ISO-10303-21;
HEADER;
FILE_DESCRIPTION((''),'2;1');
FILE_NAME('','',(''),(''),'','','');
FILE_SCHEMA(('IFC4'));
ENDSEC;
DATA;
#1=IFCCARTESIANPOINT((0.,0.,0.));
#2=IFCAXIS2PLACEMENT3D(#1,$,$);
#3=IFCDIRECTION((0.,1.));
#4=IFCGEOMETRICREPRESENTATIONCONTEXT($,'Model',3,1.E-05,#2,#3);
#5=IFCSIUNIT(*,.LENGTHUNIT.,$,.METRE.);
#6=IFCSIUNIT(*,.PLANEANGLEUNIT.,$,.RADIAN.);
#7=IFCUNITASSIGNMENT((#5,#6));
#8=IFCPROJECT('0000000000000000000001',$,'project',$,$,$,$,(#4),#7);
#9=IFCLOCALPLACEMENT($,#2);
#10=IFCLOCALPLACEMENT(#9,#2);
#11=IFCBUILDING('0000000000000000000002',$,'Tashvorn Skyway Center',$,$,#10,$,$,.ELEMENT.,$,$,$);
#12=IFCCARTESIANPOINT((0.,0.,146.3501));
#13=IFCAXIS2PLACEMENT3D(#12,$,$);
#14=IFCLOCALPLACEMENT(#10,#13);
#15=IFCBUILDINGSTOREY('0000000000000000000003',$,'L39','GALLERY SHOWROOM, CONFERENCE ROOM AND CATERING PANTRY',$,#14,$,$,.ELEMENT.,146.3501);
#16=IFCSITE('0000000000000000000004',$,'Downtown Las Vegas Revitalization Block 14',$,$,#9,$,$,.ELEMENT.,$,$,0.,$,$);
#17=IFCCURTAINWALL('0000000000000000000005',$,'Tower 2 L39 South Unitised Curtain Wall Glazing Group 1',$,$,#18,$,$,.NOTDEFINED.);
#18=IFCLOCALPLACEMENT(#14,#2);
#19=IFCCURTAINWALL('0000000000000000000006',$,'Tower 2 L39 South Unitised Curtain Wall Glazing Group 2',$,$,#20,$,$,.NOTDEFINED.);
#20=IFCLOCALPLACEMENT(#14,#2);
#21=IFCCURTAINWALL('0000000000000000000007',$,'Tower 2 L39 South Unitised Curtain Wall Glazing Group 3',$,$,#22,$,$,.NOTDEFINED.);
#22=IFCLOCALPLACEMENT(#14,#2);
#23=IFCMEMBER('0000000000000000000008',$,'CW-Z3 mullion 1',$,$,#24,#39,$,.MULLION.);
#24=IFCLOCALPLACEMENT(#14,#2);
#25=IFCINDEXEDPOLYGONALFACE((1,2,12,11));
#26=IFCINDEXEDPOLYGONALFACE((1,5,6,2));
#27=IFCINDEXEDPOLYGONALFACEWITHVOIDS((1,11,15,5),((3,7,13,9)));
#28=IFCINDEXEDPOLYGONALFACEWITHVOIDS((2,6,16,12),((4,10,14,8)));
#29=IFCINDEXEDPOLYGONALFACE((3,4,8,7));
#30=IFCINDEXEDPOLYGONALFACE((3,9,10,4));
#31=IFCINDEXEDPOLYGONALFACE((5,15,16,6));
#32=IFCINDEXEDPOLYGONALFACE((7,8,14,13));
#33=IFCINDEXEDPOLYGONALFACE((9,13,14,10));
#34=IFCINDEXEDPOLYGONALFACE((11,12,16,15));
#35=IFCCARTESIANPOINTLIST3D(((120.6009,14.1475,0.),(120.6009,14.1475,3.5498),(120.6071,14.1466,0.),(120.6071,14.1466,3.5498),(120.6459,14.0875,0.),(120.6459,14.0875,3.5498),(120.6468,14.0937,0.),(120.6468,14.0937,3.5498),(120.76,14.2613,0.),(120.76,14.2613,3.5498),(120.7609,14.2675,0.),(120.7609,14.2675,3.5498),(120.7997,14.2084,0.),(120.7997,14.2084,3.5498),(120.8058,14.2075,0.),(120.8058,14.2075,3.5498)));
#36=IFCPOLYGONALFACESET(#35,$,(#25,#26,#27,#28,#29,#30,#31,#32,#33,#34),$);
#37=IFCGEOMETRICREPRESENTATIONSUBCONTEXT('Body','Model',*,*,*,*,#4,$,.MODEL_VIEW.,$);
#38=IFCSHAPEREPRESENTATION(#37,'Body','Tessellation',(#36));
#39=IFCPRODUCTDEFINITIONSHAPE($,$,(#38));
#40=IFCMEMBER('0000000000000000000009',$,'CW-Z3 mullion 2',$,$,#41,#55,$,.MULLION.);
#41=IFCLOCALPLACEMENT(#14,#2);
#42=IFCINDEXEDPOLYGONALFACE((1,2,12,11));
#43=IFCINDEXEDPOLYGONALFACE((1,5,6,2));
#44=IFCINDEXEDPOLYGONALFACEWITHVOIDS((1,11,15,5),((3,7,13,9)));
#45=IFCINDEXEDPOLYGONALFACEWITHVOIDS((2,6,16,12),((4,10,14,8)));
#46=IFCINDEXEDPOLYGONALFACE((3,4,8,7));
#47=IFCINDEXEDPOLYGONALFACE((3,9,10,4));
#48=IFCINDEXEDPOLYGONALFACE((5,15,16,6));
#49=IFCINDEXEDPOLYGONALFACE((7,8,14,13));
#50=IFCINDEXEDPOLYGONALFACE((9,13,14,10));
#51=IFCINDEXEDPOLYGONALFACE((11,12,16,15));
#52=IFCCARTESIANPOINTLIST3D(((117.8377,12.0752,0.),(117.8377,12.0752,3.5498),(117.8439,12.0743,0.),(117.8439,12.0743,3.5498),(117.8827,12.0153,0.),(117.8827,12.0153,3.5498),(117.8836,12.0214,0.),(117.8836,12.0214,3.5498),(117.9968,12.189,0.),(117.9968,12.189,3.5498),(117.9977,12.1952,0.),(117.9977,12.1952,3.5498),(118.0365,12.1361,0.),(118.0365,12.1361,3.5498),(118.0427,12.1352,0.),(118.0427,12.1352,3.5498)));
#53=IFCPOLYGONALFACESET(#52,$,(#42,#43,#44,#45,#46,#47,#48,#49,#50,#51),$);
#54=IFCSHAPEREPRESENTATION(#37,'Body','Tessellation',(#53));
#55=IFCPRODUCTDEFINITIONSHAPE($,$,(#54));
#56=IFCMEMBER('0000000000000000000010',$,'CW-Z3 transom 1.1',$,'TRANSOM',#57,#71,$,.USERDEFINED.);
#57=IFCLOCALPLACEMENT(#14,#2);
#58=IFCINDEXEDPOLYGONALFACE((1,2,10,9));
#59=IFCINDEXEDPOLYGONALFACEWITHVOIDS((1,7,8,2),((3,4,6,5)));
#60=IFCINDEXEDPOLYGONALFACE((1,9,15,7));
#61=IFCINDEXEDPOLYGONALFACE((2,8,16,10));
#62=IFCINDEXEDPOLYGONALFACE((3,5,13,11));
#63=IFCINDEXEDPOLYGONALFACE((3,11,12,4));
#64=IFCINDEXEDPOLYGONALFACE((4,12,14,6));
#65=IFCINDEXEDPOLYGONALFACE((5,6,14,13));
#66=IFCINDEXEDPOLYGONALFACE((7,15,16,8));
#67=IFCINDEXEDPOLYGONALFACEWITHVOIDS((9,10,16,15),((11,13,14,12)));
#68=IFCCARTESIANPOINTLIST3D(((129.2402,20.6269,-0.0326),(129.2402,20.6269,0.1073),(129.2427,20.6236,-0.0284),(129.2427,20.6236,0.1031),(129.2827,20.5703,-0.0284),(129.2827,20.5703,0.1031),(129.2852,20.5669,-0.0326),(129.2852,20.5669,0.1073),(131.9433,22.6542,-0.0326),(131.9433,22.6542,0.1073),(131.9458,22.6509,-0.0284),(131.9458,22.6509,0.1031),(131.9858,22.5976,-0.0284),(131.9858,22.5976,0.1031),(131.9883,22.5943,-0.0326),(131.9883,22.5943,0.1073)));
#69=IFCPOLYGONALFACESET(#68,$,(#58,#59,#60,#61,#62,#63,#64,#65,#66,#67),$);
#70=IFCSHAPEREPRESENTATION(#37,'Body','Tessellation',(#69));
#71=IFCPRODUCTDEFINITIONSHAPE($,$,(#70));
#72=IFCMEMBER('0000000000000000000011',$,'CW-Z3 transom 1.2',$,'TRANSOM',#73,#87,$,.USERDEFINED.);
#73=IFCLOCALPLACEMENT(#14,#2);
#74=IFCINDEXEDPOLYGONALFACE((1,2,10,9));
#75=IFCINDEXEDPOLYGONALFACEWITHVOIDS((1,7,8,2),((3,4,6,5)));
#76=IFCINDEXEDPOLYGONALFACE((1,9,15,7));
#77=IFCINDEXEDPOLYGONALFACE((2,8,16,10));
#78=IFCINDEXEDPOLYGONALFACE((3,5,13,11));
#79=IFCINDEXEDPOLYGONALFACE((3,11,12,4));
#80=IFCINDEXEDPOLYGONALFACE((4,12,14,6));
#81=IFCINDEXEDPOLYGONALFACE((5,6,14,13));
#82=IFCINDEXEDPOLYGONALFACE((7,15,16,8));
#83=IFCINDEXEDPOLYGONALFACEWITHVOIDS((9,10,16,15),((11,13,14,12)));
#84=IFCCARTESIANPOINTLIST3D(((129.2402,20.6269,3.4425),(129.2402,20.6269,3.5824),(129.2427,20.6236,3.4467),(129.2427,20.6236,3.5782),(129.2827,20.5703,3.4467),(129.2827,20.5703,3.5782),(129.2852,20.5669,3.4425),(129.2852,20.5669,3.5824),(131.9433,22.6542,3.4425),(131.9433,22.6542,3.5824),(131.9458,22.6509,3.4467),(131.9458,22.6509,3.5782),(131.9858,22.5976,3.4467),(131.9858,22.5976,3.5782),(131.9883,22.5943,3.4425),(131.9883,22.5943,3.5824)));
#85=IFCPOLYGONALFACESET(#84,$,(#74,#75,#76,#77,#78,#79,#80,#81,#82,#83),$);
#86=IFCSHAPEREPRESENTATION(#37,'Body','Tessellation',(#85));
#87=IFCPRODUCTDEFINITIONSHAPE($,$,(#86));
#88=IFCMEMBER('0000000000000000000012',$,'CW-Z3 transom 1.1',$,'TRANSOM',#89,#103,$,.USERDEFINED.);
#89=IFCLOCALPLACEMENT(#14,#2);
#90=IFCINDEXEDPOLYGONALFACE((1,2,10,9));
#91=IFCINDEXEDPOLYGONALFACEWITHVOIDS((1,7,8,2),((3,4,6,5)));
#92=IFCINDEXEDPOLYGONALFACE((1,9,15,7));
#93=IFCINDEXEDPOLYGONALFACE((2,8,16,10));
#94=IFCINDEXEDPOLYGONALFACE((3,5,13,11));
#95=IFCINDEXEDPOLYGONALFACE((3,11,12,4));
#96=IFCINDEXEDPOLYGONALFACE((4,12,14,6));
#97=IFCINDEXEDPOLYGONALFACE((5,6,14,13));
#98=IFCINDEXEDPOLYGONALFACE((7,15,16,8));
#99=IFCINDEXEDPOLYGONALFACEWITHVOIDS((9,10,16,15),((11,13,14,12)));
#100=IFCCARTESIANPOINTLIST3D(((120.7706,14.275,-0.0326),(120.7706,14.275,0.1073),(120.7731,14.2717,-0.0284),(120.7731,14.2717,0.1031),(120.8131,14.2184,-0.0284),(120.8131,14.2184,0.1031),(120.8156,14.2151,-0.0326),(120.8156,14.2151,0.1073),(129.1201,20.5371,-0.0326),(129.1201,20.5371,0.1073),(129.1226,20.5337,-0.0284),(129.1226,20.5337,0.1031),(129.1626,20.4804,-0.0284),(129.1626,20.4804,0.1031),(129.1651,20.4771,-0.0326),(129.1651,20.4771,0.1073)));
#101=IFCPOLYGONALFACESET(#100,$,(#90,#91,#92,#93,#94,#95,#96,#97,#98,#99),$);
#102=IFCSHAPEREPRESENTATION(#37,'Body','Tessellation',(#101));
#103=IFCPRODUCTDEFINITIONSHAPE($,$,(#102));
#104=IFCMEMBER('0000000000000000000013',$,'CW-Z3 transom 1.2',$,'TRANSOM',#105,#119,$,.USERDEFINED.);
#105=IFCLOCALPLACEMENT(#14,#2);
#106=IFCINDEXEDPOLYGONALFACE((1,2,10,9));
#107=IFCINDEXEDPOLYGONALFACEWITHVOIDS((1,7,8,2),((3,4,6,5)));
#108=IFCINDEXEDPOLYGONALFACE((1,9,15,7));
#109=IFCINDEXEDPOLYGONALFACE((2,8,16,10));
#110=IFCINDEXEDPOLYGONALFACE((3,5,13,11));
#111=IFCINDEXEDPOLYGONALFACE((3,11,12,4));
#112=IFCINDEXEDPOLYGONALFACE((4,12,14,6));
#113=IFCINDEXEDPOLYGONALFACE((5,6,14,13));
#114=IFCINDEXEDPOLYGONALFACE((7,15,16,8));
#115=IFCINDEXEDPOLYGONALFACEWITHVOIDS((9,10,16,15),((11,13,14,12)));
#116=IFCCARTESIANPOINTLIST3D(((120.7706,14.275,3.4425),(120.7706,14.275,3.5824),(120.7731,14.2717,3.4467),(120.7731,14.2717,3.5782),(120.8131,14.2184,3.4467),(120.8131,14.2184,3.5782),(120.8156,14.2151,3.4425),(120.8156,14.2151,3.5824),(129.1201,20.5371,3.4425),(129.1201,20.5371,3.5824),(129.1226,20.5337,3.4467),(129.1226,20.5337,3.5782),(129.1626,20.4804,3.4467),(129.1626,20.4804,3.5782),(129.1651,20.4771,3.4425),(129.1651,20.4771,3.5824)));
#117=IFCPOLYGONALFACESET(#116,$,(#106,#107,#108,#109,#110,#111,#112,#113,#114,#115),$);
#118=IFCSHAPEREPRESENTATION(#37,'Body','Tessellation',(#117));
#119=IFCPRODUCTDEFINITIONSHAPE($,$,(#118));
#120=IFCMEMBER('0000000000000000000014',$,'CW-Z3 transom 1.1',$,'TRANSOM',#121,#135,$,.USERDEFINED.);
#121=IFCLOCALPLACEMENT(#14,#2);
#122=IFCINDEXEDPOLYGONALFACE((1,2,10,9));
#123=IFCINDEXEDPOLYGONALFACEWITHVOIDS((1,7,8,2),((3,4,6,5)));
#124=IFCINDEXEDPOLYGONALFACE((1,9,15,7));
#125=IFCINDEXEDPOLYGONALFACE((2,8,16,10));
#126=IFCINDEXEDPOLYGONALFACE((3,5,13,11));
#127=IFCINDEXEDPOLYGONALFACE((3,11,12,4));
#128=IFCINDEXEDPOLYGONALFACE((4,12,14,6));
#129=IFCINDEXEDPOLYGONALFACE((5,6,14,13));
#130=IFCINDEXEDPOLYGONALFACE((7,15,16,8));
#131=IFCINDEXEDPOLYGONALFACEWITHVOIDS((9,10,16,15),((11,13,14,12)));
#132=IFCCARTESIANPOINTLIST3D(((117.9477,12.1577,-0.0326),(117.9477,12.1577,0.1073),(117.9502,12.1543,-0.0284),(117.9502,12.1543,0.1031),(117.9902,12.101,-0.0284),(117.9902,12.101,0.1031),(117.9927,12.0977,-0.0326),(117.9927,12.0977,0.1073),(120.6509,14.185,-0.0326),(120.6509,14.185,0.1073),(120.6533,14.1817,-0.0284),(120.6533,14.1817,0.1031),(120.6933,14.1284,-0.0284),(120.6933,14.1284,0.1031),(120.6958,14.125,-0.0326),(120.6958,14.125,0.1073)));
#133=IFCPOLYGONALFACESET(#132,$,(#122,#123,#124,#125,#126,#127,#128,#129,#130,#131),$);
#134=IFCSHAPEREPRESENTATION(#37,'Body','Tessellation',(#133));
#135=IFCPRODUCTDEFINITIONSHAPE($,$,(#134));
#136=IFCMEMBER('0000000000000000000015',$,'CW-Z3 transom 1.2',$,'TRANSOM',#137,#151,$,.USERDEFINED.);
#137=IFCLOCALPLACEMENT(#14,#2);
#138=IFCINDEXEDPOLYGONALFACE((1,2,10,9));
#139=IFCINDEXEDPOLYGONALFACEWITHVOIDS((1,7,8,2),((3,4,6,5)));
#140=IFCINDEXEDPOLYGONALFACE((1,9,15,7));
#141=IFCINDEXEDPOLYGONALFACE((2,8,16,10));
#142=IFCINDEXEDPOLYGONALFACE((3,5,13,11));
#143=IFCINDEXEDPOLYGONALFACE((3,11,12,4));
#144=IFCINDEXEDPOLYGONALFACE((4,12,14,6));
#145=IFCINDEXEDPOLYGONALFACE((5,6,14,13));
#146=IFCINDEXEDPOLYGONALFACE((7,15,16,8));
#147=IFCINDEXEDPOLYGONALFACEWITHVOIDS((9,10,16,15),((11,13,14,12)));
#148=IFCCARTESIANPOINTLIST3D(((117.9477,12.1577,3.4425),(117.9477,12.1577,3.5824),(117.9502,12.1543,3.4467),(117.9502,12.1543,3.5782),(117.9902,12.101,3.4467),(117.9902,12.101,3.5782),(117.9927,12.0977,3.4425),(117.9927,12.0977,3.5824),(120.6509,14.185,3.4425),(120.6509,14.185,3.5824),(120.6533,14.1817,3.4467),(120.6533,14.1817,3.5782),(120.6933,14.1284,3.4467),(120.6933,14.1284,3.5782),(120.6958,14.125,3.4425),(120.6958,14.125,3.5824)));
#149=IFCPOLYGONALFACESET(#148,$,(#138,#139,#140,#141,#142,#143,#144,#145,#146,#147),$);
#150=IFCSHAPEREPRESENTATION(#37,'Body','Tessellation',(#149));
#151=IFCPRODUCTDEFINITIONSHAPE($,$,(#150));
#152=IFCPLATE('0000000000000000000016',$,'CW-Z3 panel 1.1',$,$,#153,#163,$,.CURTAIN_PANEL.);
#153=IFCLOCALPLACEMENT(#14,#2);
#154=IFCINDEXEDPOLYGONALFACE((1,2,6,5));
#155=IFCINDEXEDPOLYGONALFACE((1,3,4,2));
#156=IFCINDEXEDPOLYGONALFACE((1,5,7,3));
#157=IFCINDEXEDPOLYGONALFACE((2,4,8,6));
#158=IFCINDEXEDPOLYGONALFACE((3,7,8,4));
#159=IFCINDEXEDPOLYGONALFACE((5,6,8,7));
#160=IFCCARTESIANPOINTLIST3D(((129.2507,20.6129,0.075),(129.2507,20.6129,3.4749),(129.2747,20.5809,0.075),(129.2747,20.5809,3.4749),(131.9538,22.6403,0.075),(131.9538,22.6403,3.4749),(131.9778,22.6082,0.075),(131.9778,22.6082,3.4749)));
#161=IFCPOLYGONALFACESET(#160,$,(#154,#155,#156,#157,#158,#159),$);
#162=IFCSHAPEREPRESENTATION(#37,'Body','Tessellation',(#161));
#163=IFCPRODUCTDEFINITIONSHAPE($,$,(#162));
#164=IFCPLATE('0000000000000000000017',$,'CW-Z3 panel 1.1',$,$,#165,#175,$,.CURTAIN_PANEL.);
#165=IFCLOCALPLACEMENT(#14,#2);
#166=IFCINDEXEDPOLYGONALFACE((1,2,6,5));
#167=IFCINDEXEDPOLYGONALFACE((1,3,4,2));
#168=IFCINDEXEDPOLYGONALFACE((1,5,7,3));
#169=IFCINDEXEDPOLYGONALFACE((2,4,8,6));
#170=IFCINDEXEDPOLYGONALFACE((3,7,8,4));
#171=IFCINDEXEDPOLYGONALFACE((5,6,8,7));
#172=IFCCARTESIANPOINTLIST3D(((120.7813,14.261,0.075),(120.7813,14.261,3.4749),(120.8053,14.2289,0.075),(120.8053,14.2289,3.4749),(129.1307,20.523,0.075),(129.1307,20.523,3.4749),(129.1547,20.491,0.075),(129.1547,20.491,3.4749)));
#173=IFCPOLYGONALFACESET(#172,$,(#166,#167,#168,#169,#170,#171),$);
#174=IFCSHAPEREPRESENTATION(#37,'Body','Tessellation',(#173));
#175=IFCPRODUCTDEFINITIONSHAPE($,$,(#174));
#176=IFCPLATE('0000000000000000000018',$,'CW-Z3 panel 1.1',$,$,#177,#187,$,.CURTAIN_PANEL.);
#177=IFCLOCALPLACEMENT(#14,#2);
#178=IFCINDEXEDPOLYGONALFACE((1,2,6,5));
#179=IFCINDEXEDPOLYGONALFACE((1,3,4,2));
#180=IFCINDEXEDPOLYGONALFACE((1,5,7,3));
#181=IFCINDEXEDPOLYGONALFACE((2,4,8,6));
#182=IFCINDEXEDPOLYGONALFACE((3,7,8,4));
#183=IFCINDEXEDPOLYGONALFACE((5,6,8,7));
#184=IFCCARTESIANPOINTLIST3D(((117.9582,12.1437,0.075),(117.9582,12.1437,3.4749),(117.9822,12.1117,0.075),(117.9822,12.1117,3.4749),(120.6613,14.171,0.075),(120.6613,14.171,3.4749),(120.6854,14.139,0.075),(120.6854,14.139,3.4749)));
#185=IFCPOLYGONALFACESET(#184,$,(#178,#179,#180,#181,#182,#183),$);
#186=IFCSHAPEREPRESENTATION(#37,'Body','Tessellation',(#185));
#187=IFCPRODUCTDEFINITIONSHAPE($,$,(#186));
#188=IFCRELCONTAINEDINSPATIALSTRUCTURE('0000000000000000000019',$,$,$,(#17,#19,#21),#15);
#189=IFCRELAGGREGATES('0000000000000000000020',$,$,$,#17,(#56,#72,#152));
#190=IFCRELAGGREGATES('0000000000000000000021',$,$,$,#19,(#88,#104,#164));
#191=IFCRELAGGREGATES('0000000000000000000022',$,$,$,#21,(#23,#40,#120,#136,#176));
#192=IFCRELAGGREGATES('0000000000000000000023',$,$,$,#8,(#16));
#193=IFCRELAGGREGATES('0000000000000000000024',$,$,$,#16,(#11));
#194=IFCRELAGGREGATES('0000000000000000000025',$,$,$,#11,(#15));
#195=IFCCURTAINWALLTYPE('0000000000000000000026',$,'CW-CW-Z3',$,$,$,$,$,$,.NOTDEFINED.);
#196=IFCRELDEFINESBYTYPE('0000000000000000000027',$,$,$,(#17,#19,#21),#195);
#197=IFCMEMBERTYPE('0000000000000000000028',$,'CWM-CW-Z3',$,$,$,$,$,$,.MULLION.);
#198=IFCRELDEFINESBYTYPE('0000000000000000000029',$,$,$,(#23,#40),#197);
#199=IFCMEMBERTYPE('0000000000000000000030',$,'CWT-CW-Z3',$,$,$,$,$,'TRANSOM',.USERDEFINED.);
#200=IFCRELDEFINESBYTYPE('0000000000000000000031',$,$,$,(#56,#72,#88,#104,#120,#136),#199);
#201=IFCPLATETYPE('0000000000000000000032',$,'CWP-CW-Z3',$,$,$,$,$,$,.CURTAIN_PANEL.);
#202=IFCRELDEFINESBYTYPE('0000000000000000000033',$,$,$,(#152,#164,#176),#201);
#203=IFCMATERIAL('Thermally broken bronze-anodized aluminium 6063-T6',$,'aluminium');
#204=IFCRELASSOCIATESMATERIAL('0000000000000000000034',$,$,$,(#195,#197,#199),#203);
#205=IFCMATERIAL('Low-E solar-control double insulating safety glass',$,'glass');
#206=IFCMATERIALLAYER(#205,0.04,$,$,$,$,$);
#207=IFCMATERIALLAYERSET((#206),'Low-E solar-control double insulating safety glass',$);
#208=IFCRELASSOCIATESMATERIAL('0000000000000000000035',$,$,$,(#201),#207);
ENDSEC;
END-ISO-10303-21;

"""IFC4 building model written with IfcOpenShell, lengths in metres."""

from ifc_helpers import new_model, si_unit, direction, frame, origin, origin_2d, place, context, subcontext, project, spatial, rectangle, hollow_rectangle, extrude, material, layer, layer_set, material_profile, profile_set, type_object, element, aggregate, save


model = new_model("IFC4")

# Units and contexts
model_context = context("Model", 3, precision=1e-05, world=origin(), true_north=direction((0.0, 1.0)))
body_context = subcontext(model_context, "Body", "Model", "MODEL_VIEW")
ifc_project = project(units=[si_unit("LENGTHUNIT", "METRE"), si_unit("PLANEANGLEUNIT", "RADIAN")], contexts=[model_context])

# Site, building, storey
site_placement = place(None, origin())
site = spatial("IfcSite", under=ifc_project, at=site_placement, Name="Downtown Las Vegas Revitalization Block 14", CompositionType="ELEMENT", RefElevation=0.0)
building_placement = place(site_placement, origin())
building = spatial("IfcBuilding", under=site, at=building_placement, Name="Tashvorn Skyway Center", CompositionType="ELEMENT")
storey_placement = place(building_placement, frame((0.0, 0.0, 146.3501)))
storey = spatial("IfcBuildingStorey", under=building, at=storey_placement, Name="L39", Description="GALLERY SHOWROOM, CONFERENCE ROOM AND CATERING PANTRY", CompositionType="ELEMENT", Elevation=146.3501)

# Curtain walls, members
ifc_material_1 = material(Name="Thermally broken bronze-anodized aluminium 6063-T6", Category="aluminium")
curtain_wall_type = type_object("IfcCurtainWallType", Name="CW-CW-Z3", PredefinedType="NOTDEFINED", material=ifc_material_1)
curtain_wall_1_placement = place(storey_placement, origin())
curtain_wall_1 = element("IfcCurtainWall", 1, at=curtain_wall_1_placement, inside=storey, type_object=curtain_wall_type, Name="Tower 2 L39 South Unitised Curtain Wall Glazing Group 1", PredefinedType="NOTDEFINED")
ifc_material_profile_1 = material_profile(ifc_material_1, hollow_rectangle(XDim=0.075, YDim=0.2, WallThickness=0.0044, at=origin_2d()), Name="ALU-MULL-75x200")
ifc_profile_set_1 = profile_set([ifc_material_profile_1], Name="Thermally broken bronze-anodized aluminium 6063-T6")
member_type_1 = type_object("IfcMemberType", Name="CWM-CW-Z3", PredefinedType="MULLION", material=ifc_profile_set_1)
curtain_wall_2_placement = place(storey_placement, origin())
curtain_wall_2 = element("IfcCurtainWall", 2, at=curtain_wall_2_placement, inside=storey, type_object=curtain_wall_type, Name="Tower 2 L39 South Unitised Curtain Wall Glazing Group 2", PredefinedType="NOTDEFINED")
curtain_wall_3_placement = place(storey_placement, origin())
curtain_wall_3 = element("IfcCurtainWall", 3, at=curtain_wall_3_placement, inside=storey, type_object=curtain_wall_type, Name="Tower 2 L39 South Unitised Curtain Wall Glazing Group 3", PredefinedType="NOTDEFINED")
member_1_placement = place(storey_placement, frame((120.7034, 14.1775, 0.0), z_axis=(0.0, 0.0, 1.0), x_axis=(0.599995, -0.800003, 0.0)))
member_1 = element("IfcMember", 4, at=member_1_placement, type_object=member_type_1, Name="CW-Z3 mullion 1", PredefinedType="MULLION", context=body_context, shape_type="SweptSolid", body=[
    extrude(hollow_rectangle(XDim=0.075, YDim=0.2, WallThickness=0.0044, at=origin_2d()), origin(), (0.0, 0.0, 1.0), 3.5498),
])
member_2_placement = place(storey_placement, frame((117.9402, 12.1052, 0.0), z_axis=(0.0, 0.0, 1.0), x_axis=(0.599995, -0.800003, 0.0)))
member_2 = element("IfcMember", 5, at=member_2_placement, type_object=member_type_1, Name="CW-Z3 mullion 2", PredefinedType="MULLION", context=body_context, shape_type="SweptSolid", body=[
    extrude(hollow_rectangle(XDim=0.075, YDim=0.2, WallThickness=0.0044, at=origin_2d()), origin(), (0.0, 0.0, 1.0), 3.5498),
])

# Members
ifc_material_profile_2 = material_profile(ifc_material_1, hollow_rectangle(XDim=0.075, YDim=0.1399, WallThickness=0.0042, at=origin_2d()), Name="ALU-TRAN-75x140")
ifc_profile_set_2 = profile_set([ifc_material_profile_2], Name="Thermally broken bronze-anodized aluminium 6063-T6")
member_type_2 = type_object("IfcMemberType", Name="CWT-CW-Z3", ElementType="TRANSOM", PredefinedType="USERDEFINED", material=ifc_profile_set_2)
member_3_placement = place(storey_placement, frame((131.9658, 22.6243, 0.0374), z_axis=(-0.8, -0.6, 0.0), x_axis=(0.6, -0.8, 0.0)))
member_3 = element("IfcMember", 6, at=member_3_placement, type_object=member_type_2, Name="CW-Z3 transom 1.1", ObjectType="TRANSOM", PredefinedType="USERDEFINED", context=body_context, shape_type="SweptSolid", body=[
    extrude(hollow_rectangle(XDim=0.075, YDim=0.1399, WallThickness=0.0042, at=origin_2d()), origin(), (0.0, 0.0, 1.0), 3.3789),
])
member_4_placement = place(storey_placement, frame((131.9658, 22.6243, 3.5125), z_axis=(-0.8, -0.6, 0.0), x_axis=(0.6, -0.8, 0.0)))
member_4 = element("IfcMember", 7, at=member_4_placement, type_object=member_type_2, Name="CW-Z3 transom 1.2", ObjectType="TRANSOM", PredefinedType="USERDEFINED", context=body_context, shape_type="SweptSolid", body=[
    extrude(hollow_rectangle(XDim=0.075, YDim=0.1399, WallThickness=0.0042, at=origin_2d()), origin(), (0.0, 0.0, 1.0), 3.3789),
])
member_5_placement = place(storey_placement, frame((129.1426, 20.5071, 0.0374), z_axis=(-0.800003, -0.599996, 0.0), x_axis=(0.599996, -0.800003, 0.0)))
member_5 = element("IfcMember", 8, at=member_5_placement, type_object=member_type_2, Name="CW-Z3 transom 1.1", ObjectType="TRANSOM", PredefinedType="USERDEFINED", context=body_context, shape_type="SweptSolid", body=[
    extrude(hollow_rectangle(XDim=0.075, YDim=0.1399, WallThickness=0.0042, at=origin_2d()), origin(), (0.0, 0.0, 1.0), 10.4368),
])
member_6_placement = place(storey_placement, frame((129.1426, 20.5071, 3.5125), z_axis=(-0.800003, -0.599996, 0.0), x_axis=(0.599996, -0.800003, 0.0)))
member_6 = element("IfcMember", 9, at=member_6_placement, type_object=member_type_2, Name="CW-Z3 transom 1.2", ObjectType="TRANSOM", PredefinedType="USERDEFINED", context=body_context, shape_type="SweptSolid", body=[
    extrude(hollow_rectangle(XDim=0.075, YDim=0.1399, WallThickness=0.0042, at=origin_2d()), origin(), (0.0, 0.0, 1.0), 10.4368),
])
member_7_placement = place(storey_placement, frame((120.6733, 14.155, 0.0374), z_axis=(-0.8, -0.6, 0.0), x_axis=(0.6, -0.8, 0.0)))
member_7 = element("IfcMember", 10, at=member_7_placement, type_object=member_type_2, Name="CW-Z3 transom 1.1", ObjectType="TRANSOM", PredefinedType="USERDEFINED", context=body_context, shape_type="SweptSolid", body=[
    extrude(hollow_rectangle(XDim=0.075, YDim=0.1399, WallThickness=0.0042, at=origin_2d()), origin(), (0.0, 0.0, 1.0), 3.3789),
])
member_8_placement = place(storey_placement, frame((120.6733, 14.155, 3.5125), z_axis=(-0.8, -0.6, 0.0), x_axis=(0.6, -0.8, 0.0)))
member_8 = element("IfcMember", 11, at=member_8_placement, type_object=member_type_2, Name="CW-Z3 transom 1.2", ObjectType="TRANSOM", PredefinedType="USERDEFINED", context=body_context, shape_type="SweptSolid", body=[
    extrude(hollow_rectangle(XDim=0.075, YDim=0.1399, WallThickness=0.0042, at=origin_2d()), origin(), (0.0, 0.0, 1.0), 3.3789),
])

# Plates
ifc_material_2 = material(Name="Low-E solar-control double insulating safety glass", Category="glass")
ifc_layer_1 = layer(ifc_material_2, 0.04)
ifc_layer_set_1 = layer_set([ifc_layer_1], Name="Low-E solar-control double insulating safety glass")
plate_type = type_object("IfcPlateType", Name="CWP-CW-Z3", PredefinedType="CURTAIN_PANEL", material=ifc_layer_set_1)
plate_1_placement = place(storey_placement, frame((130.6143, 21.6106, 0.075), z_axis=(0.0, 0.0, 1.0), x_axis=(-0.800003, -0.599995, 0.0)))
plate_1 = element("IfcPlate", 12, at=plate_1_placement, type_object=plate_type, Name="CW-Z3 panel 1.1", PredefinedType="CURTAIN_PANEL", context=body_context, shape_type="SweptSolid", body=[
    extrude(rectangle(XDim=3.3789, YDim=0.04, at=origin_2d()), origin(), (0.0, 0.0, 1.0), 3.3999),
])
aggregate(curtain_wall_1, [member_3, member_4, plate_1])
plate_2_placement = place(storey_placement, frame((124.968, 17.376, 0.075), z_axis=(0.0, 0.0, 1.0), x_axis=(-0.800002, -0.599997, 0.0)))
plate_2 = element("IfcPlate", 13, at=plate_2_placement, type_object=plate_type, Name="CW-Z3 panel 1.1", PredefinedType="CURTAIN_PANEL", context=body_context, shape_type="SweptSolid", body=[
    extrude(rectangle(XDim=10.4368, YDim=0.04, at=origin_2d()), origin(), (0.0, 0.0, 1.0), 3.3999),
])
aggregate(curtain_wall_2, [member_5, member_6, plate_2])
plate_3_placement = place(storey_placement, frame((119.3218, 13.1414, 0.075), z_axis=(0.0, 0.0, 1.0), x_axis=(-0.800003, -0.599995, 0.0)))
plate_3 = element("IfcPlate", 14, at=plate_3_placement, type_object=plate_type, Name="CW-Z3 panel 1.1", PredefinedType="CURTAIN_PANEL", context=body_context, shape_type="SweptSolid", body=[
    extrude(rectangle(XDim=3.3789, YDim=0.04, at=origin_2d()), origin(), (0.0, 0.0, 1.0), 3.3999),
])
aggregate(curtain_wall_3, [member_1, member_2, member_7, member_8, plate_3])

save(model, "model.ifc")
